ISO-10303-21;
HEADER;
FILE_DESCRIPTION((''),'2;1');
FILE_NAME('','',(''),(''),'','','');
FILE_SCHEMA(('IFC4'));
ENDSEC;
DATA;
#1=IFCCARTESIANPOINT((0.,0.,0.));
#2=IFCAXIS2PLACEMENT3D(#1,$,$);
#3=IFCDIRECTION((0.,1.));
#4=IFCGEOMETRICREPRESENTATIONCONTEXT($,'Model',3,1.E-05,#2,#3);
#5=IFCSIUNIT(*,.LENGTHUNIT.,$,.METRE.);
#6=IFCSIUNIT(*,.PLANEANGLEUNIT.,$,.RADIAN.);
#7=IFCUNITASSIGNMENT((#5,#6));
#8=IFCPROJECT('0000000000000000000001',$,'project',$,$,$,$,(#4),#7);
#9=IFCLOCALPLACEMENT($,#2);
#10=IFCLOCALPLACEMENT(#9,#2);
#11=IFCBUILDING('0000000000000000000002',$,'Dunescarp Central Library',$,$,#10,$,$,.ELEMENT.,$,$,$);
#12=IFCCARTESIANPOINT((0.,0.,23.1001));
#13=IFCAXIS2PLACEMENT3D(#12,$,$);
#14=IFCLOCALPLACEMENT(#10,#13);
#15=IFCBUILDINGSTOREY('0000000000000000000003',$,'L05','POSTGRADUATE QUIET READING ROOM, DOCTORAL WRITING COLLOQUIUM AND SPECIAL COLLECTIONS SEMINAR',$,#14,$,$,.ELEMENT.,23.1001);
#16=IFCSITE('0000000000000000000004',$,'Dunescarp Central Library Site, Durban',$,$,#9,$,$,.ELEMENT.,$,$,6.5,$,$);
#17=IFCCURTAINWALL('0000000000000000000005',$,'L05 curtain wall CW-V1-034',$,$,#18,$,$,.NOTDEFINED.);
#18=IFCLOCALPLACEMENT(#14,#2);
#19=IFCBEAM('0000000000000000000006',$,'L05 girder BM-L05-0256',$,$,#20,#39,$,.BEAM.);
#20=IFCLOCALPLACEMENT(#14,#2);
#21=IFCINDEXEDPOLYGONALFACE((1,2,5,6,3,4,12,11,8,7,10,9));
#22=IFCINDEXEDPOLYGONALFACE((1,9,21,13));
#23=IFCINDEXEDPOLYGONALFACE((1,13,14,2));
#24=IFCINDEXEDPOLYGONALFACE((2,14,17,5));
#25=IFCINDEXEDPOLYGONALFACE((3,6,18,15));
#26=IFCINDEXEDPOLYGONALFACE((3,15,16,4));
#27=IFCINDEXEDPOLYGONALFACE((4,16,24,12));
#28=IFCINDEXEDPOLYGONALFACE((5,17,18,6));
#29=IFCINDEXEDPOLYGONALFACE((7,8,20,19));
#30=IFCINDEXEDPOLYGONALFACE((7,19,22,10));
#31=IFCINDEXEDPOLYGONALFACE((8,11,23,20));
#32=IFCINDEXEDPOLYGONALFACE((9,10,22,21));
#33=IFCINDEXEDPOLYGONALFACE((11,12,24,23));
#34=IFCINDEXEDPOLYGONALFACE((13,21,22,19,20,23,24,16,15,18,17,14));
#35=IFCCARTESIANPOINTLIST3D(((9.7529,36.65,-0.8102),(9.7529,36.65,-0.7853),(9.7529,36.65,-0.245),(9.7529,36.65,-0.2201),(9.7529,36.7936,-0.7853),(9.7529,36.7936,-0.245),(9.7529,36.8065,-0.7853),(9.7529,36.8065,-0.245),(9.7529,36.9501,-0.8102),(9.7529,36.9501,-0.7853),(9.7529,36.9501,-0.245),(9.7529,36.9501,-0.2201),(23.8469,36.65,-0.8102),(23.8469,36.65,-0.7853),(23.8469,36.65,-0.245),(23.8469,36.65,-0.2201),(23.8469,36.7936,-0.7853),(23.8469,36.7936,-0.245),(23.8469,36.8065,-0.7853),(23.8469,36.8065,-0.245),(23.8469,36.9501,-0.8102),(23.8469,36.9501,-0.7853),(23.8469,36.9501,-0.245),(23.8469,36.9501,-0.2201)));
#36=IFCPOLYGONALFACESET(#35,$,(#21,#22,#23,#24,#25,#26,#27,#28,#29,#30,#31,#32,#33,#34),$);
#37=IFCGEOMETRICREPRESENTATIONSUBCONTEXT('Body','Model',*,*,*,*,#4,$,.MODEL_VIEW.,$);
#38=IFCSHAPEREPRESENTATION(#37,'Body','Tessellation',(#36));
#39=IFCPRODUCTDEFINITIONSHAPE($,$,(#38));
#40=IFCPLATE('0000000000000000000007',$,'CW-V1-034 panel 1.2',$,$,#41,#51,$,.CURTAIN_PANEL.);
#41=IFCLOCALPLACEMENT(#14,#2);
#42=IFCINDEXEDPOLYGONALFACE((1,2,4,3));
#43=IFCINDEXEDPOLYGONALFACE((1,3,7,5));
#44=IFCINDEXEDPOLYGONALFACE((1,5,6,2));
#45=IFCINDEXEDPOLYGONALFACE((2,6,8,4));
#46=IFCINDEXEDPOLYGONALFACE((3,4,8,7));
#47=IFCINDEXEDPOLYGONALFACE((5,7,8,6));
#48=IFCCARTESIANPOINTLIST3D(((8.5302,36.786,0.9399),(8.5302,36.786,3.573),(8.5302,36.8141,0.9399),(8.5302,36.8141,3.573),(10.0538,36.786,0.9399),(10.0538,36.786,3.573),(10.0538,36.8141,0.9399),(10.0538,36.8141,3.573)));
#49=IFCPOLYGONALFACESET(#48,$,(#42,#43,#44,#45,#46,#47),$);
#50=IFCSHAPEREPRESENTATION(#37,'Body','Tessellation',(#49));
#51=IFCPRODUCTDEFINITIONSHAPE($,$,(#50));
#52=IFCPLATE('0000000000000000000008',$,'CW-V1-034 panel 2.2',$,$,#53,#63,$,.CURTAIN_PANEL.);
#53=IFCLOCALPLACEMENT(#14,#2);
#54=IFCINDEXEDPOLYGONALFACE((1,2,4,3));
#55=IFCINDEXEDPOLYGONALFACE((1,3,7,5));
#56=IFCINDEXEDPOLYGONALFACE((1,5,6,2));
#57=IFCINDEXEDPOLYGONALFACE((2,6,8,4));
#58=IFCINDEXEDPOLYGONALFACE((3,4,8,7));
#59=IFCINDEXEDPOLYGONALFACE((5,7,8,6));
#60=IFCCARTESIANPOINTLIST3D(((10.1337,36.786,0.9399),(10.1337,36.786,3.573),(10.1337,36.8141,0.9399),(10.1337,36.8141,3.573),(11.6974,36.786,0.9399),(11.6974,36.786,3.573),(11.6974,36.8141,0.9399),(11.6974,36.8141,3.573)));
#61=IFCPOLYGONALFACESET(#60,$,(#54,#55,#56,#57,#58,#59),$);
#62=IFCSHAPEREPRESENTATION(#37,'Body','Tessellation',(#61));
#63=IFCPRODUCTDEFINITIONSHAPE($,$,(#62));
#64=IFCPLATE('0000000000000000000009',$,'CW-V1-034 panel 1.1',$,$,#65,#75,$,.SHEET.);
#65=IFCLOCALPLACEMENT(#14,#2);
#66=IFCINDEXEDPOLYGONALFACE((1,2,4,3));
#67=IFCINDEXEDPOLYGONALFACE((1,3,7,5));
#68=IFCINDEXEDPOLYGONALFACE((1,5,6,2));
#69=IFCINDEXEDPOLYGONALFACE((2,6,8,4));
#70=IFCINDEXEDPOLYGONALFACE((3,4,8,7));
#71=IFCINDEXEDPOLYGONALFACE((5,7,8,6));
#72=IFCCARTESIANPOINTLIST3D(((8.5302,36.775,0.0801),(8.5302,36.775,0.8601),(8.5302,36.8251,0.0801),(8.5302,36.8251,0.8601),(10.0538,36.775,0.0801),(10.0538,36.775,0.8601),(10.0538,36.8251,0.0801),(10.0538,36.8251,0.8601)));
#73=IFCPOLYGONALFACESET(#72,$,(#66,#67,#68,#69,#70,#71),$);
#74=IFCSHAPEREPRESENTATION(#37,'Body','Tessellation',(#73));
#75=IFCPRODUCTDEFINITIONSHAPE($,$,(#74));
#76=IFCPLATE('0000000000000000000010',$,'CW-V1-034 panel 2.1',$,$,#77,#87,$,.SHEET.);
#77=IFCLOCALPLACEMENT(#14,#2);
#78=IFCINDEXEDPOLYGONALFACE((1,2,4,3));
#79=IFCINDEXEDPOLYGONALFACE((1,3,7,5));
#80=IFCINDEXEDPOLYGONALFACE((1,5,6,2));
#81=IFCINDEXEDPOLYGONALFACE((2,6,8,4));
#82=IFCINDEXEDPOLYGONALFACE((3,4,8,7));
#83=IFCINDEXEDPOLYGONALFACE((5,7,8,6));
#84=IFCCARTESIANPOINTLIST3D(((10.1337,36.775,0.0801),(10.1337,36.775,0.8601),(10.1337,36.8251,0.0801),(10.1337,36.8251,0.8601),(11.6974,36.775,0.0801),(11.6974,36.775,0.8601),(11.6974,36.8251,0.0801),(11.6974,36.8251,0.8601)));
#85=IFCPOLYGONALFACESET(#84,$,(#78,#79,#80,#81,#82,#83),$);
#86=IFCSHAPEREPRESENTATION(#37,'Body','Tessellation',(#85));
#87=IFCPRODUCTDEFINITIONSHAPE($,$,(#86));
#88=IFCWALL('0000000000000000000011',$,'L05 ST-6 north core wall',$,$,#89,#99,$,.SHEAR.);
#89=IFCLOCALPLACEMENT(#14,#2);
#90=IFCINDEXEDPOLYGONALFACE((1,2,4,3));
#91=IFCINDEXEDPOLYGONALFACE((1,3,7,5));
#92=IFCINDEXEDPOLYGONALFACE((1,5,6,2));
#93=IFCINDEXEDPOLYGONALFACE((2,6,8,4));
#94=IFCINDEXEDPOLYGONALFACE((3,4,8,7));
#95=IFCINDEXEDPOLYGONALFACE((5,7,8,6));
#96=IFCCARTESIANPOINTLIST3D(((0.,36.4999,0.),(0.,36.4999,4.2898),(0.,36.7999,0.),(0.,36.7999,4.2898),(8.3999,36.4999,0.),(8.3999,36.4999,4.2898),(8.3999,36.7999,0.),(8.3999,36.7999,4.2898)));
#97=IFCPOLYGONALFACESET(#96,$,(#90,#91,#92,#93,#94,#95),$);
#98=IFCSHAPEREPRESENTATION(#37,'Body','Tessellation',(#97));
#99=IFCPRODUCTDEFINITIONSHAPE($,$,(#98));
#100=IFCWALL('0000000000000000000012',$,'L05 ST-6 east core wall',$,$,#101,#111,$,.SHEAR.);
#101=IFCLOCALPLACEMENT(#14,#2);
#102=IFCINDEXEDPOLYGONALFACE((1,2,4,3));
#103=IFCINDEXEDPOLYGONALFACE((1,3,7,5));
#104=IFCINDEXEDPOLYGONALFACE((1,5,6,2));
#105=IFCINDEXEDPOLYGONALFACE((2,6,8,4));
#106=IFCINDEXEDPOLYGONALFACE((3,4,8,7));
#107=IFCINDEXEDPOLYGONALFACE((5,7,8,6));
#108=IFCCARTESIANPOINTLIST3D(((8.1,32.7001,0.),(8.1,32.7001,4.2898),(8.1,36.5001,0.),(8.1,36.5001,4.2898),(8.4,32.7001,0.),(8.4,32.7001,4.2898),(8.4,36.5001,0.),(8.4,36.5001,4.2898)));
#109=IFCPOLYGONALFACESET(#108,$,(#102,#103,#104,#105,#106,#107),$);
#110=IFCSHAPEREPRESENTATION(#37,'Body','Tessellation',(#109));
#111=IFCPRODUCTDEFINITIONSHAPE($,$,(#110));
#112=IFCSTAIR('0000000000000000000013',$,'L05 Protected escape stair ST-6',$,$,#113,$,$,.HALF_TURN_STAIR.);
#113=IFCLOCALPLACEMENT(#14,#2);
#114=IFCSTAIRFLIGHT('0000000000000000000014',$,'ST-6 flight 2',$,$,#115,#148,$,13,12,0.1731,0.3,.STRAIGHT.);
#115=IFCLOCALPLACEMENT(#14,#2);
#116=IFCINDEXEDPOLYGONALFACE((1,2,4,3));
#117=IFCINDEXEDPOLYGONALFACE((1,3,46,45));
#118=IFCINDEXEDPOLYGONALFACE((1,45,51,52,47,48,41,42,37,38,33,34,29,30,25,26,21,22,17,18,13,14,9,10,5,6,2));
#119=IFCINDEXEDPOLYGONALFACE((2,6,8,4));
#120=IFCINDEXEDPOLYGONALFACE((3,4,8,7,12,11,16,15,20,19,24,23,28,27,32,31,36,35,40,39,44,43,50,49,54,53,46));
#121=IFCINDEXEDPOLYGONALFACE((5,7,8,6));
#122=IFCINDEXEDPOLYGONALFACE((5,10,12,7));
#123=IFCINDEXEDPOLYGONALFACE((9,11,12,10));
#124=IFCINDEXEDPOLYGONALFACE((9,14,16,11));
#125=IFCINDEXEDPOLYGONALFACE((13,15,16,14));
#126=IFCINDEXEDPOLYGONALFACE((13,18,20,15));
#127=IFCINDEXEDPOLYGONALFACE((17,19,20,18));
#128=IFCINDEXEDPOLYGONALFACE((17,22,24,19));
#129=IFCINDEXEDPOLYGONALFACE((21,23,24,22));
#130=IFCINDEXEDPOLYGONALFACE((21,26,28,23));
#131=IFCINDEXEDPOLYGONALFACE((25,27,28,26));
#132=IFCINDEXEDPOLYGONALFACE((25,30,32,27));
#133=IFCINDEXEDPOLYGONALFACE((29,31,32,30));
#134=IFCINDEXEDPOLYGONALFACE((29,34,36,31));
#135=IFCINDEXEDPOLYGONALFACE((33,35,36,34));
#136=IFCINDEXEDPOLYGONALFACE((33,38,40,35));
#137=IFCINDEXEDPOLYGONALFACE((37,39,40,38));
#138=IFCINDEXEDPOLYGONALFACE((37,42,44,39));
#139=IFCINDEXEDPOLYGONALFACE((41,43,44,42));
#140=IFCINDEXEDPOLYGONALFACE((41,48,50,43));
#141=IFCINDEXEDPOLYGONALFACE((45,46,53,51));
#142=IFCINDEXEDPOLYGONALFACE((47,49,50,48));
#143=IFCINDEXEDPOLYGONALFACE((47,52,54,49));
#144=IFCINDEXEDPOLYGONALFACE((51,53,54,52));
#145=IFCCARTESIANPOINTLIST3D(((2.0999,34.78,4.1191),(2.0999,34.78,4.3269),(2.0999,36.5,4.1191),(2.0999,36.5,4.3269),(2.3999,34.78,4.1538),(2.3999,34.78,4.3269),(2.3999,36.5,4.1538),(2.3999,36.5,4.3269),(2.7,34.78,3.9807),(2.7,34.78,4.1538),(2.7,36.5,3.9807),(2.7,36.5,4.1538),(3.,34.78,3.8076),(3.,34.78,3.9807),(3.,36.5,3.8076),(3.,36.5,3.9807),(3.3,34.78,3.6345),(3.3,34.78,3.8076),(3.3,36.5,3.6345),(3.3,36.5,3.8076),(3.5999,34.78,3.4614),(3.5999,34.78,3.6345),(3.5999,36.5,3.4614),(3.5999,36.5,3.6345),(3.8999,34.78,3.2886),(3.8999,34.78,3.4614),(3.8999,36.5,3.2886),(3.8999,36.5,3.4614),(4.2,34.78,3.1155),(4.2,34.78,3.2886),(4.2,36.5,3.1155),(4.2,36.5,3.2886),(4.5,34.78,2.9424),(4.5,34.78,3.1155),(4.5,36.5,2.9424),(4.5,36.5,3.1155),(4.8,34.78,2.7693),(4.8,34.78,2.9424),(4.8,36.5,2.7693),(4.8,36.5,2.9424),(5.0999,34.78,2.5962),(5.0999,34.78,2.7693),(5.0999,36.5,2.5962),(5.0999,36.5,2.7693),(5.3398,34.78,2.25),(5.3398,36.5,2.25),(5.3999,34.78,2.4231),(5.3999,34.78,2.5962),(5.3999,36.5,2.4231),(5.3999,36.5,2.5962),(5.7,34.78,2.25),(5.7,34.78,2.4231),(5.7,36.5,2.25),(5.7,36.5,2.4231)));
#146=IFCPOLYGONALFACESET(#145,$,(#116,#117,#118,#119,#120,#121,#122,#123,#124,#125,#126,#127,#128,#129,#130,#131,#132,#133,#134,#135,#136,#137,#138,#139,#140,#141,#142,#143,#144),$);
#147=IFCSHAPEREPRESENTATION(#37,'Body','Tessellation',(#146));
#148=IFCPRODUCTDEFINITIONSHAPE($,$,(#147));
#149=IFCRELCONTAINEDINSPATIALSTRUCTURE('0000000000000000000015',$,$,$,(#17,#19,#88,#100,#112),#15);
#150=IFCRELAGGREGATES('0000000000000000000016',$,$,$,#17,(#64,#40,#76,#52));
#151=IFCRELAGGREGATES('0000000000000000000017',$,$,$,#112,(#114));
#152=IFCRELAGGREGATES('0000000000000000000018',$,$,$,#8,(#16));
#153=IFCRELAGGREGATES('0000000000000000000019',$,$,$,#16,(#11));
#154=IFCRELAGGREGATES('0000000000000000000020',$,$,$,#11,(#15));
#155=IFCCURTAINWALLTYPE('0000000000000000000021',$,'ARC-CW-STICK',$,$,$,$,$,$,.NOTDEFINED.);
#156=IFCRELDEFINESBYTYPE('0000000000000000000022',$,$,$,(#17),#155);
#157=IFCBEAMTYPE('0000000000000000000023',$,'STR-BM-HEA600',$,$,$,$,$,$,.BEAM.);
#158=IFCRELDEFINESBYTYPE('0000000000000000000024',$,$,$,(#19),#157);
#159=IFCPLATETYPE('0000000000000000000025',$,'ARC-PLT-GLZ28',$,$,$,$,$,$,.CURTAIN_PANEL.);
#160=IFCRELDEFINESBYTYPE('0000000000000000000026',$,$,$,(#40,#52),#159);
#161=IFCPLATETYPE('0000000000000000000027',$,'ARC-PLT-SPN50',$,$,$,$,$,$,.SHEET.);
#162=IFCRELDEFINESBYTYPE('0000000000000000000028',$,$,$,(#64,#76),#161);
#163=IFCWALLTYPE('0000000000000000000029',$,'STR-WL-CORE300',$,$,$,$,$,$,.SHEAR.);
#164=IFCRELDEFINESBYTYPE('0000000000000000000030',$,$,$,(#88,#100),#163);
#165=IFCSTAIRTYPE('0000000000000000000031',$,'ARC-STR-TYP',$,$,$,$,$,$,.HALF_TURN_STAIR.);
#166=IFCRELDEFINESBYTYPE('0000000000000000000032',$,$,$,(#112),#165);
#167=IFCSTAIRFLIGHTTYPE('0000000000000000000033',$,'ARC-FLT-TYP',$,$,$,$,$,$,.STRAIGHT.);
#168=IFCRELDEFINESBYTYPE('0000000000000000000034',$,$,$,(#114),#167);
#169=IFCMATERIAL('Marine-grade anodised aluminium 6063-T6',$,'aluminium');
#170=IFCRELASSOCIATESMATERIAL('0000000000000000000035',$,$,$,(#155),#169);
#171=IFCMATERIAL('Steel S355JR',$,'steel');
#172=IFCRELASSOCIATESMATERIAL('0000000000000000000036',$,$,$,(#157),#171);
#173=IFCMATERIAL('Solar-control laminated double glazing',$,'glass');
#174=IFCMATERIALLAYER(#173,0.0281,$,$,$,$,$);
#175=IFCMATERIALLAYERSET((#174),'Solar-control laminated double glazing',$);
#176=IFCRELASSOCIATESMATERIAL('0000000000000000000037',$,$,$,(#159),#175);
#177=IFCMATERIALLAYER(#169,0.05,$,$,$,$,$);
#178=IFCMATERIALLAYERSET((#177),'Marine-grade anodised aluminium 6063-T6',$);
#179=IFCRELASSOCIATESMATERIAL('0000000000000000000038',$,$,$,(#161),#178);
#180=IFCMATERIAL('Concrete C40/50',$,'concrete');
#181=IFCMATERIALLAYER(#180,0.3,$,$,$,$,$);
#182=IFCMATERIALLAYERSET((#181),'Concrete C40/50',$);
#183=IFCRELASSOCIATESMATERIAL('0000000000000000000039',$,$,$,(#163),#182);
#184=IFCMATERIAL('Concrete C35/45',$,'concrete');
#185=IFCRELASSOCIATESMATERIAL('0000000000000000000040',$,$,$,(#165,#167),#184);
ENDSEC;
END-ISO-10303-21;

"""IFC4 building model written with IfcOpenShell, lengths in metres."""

from ifc_helpers import new_model, si_unit, direction, frame, frame_2d, origin, origin_2d, place, context, subcontext, project, spatial, polyline, rectangle, i_section, outline, extrude, material, layer, layer_set, material_profile, profile_set, type_object, element, aggregate, save


model = new_model("IFC4")

# Units and contexts
model_context = context("Model", 3, precision=1e-05, world=origin(), true_north=direction((0.0, 1.0)))
body_context = subcontext(model_context, "Body", "Model", "MODEL_VIEW")
ifc_project = project(units=[si_unit("LENGTHUNIT", "METRE"), si_unit("PLANEANGLEUNIT", "RADIAN")], contexts=[model_context])

# Site, building, storey
site_placement = place(None, origin())
site = spatial("IfcSite", under=ifc_project, at=site_placement, Name="Dunescarp Central Library Site, Durban", CompositionType="ELEMENT", RefElevation=6.5)
building_placement = place(site_placement, origin())
building = spatial("IfcBuilding", under=site, at=building_placement, Name="Dunescarp Central Library", CompositionType="ELEMENT")
storey_placement = place(building_placement, frame((0.0, 0.0, 23.1001)))
storey = spatial("IfcBuildingStorey", under=building, at=storey_placement, Name="L05", Description="POSTGRADUATE QUIET READING ROOM, DOCTORAL WRITING COLLOQUIUM AND SPECIAL COLLECTIONS SEMINAR", CompositionType="ELEMENT", Elevation=23.1001)

# Shared definitions
ifc_material_1 = material(Name="Steel S355JR", Category="steel")

# Curtain wall
ifc_material_2 = material(Name="Marine-grade anodised aluminium 6063-T6", Category="aluminium")
curtain_wall_type = type_object("IfcCurtainWallType", Name="ARC-CW-STICK", PredefinedType="NOTDEFINED", material=ifc_material_2)
curtain_wall_placement = place(storey_placement, origin())
curtain_wall = element("IfcCurtainWall", 1, at=curtain_wall_placement, inside=storey, type_object=curtain_wall_type, Name="L05 curtain wall CW-V1-034", PredefinedType="NOTDEFINED")

# Beam
ifc_material_profile_1 = material_profile(ifc_material_1, i_section(OverallWidth=0.3, OverallDepth=0.5901, WebThickness=0.0129, FlangeThickness=0.0249, at=origin_2d()), Name="HEA 600")
ifc_profile_set_1 = profile_set([ifc_material_profile_1], Name="Steel S355JR")
beam_type = type_object("IfcBeamType", Name="STR-BM-HEA600", PredefinedType="BEAM", material=ifc_profile_set_1)
beam_1_placement = place(storey_placement, frame((9.7529, 36.8, -0.5151), z_axis=(1.0, 0.0, 0.0), x_axis=(0.0, 1.0, 0.0)))
element("IfcBeam", 2, at=beam_1_placement, inside=storey, type_object=beam_type, Name="L05 girder BM-L05-0256", PredefinedType="BEAM", context=body_context, shape_type="SweptSolid", body=[
    extrude(i_section(OverallWidth=0.3, OverallDepth=0.5901, WebThickness=0.0129, FlangeThickness=0.0249, at=origin_2d()), origin(), (0.0, 0.0, 1.0), 14.094),
])

# Plates
ifc_material_3 = material(Name="Solar-control laminated double glazing", Category="glass")
ifc_layer_1 = layer(ifc_material_3, 0.0281)
ifc_layer_set_1 = layer_set([ifc_layer_1], Name="Solar-control laminated double glazing")
plate_type_1 = type_object("IfcPlateType", Name="ARC-PLT-GLZ28", PredefinedType="CURTAIN_PANEL", material=ifc_layer_set_1)
plate_1_placement = place(storey_placement, frame((9.292, 36.8, 0.9399), z_axis=(0.0, 0.0, 1.0), x_axis=(1.0, 0.0, 0.0)))
plate_1 = element("IfcPlate", 3, at=plate_1_placement, type_object=plate_type_1, Name="CW-V1-034 panel 1.2", PredefinedType="CURTAIN_PANEL", context=body_context, shape_type="SweptSolid", body=[
    extrude(rectangle(XDim=1.5237, YDim=0.0281, at=origin_2d()), origin(), (0.0, 0.0, 1.0), 2.6331),
])
plate_2_placement = place(storey_placement, frame((10.9155, 36.8, 0.9399), z_axis=(0.0, 0.0, 1.0), x_axis=(1.0, 0.0, 0.0)))
plate_2 = element("IfcPlate", 4, at=plate_2_placement, type_object=plate_type_1, Name="CW-V1-034 panel 2.2", PredefinedType="CURTAIN_PANEL", context=body_context, shape_type="SweptSolid", body=[
    extrude(rectangle(XDim=1.5637, YDim=0.0281, at=origin_2d()), origin(), (0.0, 0.0, 1.0), 2.6331),
])
ifc_layer_2 = layer(ifc_material_2, 0.05)
ifc_layer_set_2 = layer_set([ifc_layer_2], Name="Marine-grade anodised aluminium 6063-T6")
plate_type_2 = type_object("IfcPlateType", Name="ARC-PLT-SPN50", PredefinedType="SHEET", material=ifc_layer_set_2)
plate_3_placement = place(storey_placement, frame((9.292, 36.8, 0.0801), z_axis=(0.0, 0.0, 1.0), x_axis=(1.0, 0.0, 0.0)))
plate_3 = element("IfcPlate", 5, at=plate_3_placement, type_object=plate_type_2, Name="CW-V1-034 panel 1.1", PredefinedType="SHEET", context=body_context, shape_type="SweptSolid", body=[
    extrude(rectangle(XDim=1.5237, YDim=0.05, at=origin_2d()), origin(), (0.0, 0.0, 1.0), 0.78),
])
plate_4_placement = place(storey_placement, frame((10.9155, 36.8, 0.0801), z_axis=(0.0, 0.0, 1.0), x_axis=(1.0, 0.0, 0.0)))
plate_4 = element("IfcPlate", 6, at=plate_4_placement, type_object=plate_type_2, Name="CW-V1-034 panel 2.1", PredefinedType="SHEET", context=body_context, shape_type="SweptSolid", body=[
    extrude(rectangle(XDim=1.5637, YDim=0.05, at=origin_2d()), origin(), (0.0, 0.0, 1.0), 0.78),
])
aggregate(curtain_wall, [plate_3, plate_1, plate_4, plate_2])

# Walls
ifc_material_4 = material(Name="Concrete C40/50", Category="concrete")
ifc_layer_3 = layer(ifc_material_4, 0.3)
ifc_layer_set_3 = layer_set([ifc_layer_3], Name="Concrete C40/50")
wall_type = type_object("IfcWallType", Name="STR-WL-CORE300", PredefinedType="SHEAR", material=ifc_layer_set_3)
wall_1_placement = place(storey_placement, frame((0.0, 36.6499, 0.0), z_axis=(0.0, 0.0, 1.0), x_axis=(1.0, 0.0, 0.0)))
element("IfcWall", 7, at=wall_1_placement, inside=storey, type_object=wall_type, Name="L05 ST-6 north core wall", PredefinedType="SHEAR", context=body_context, shape_type="SweptSolid", body=[
    extrude(rectangle(XDim=8.3999, YDim=0.3, at=frame_2d((4.2, 0.0))), origin(), (0.0, 0.0, 1.0), 4.2898),
])
wall_2_placement = place(storey_placement, frame((8.25, 36.5, 0.0), z_axis=(0.0, 0.0, 1.0), x_axis=(0.0, -1.0, 0.0)))
element("IfcWall", 8, at=wall_2_placement, inside=storey, type_object=wall_type, Name="L05 ST-6 east core wall", PredefinedType="SHEAR", context=body_context, shape_type="SweptSolid", body=[
    extrude(rectangle(XDim=3.8, YDim=0.3, at=frame_2d((1.8999, 0.0))), origin(), (0.0, 0.0, 1.0), 4.2898),
])

# Stair, stair flight
ifc_material_5 = material(Name="Concrete C35/45", Category="concrete")
stair_type = type_object("IfcStairType", Name="ARC-STR-TYP", PredefinedType="HALF_TURN_STAIR", material=ifc_material_5)
stair_placement = place(storey_placement, origin())
stair = element("IfcStair", 9, at=stair_placement, inside=storey, type_object=stair_type, Name="L05 Protected escape stair ST-6", PredefinedType="HALF_TURN_STAIR")
stair_flight_type = type_object("IfcStairFlightType", Name="ARC-FLT-TYP", PredefinedType="STRAIGHT", material=ifc_material_5)
stair_flight_placement = place(storey_placement, frame((5.7, 35.6399, 2.25), z_axis=(0.0, 0.0, 1.0), x_axis=(-1.0, 0.0, 0.0)))
stair_flight = element("IfcStairFlight", 10, at=stair_flight_placement, type_object=stair_flight_type, Name="ST-6 flight 2", NumberOfRisers=13, NumberOfTreads=12, PredefinedType="STRAIGHT", RiserHeight=0.1731, TreadLength=0.3, context=body_context, shape_type="SweptSolid", body=[
    extrude(outline(polyline([(0.0, 0.0), (0.0, 0.1731), (0.3, 0.1731), (0.3, 0.3462), (0.6001, 0.3462), (0.6001, 0.5193), (0.8999, 0.5193), (0.8999, 0.6924), (1.2, 0.6924), (1.2, 0.8655), (1.5, 0.8655), (1.5, 1.0386), (1.8, 1.0386), (1.8, 1.2114), (2.1001, 1.2114), (2.1001, 1.3845), (2.3999, 1.3845), (2.3999, 1.5576), (2.7, 1.5576), (2.7, 1.7307), (3.0, 1.7307), (3.0, 1.9038), (3.3, 1.9038), (3.3, 2.0769), (3.6001, 2.0769), (3.6001, 2.25), (3.6001, 1.8691), (0.3601, 0.0), (0.0, 0.0)])), frame((0.0, 0.8599, 0.0), z_axis=(0.0, -1.0, 0.0), x_axis=(1.0, 0.0, 0.0)), (0.0, 0.0, 1.0), 1.72),
])
aggregate(stair, [stair_flight])

save(model, "model.ifc")
